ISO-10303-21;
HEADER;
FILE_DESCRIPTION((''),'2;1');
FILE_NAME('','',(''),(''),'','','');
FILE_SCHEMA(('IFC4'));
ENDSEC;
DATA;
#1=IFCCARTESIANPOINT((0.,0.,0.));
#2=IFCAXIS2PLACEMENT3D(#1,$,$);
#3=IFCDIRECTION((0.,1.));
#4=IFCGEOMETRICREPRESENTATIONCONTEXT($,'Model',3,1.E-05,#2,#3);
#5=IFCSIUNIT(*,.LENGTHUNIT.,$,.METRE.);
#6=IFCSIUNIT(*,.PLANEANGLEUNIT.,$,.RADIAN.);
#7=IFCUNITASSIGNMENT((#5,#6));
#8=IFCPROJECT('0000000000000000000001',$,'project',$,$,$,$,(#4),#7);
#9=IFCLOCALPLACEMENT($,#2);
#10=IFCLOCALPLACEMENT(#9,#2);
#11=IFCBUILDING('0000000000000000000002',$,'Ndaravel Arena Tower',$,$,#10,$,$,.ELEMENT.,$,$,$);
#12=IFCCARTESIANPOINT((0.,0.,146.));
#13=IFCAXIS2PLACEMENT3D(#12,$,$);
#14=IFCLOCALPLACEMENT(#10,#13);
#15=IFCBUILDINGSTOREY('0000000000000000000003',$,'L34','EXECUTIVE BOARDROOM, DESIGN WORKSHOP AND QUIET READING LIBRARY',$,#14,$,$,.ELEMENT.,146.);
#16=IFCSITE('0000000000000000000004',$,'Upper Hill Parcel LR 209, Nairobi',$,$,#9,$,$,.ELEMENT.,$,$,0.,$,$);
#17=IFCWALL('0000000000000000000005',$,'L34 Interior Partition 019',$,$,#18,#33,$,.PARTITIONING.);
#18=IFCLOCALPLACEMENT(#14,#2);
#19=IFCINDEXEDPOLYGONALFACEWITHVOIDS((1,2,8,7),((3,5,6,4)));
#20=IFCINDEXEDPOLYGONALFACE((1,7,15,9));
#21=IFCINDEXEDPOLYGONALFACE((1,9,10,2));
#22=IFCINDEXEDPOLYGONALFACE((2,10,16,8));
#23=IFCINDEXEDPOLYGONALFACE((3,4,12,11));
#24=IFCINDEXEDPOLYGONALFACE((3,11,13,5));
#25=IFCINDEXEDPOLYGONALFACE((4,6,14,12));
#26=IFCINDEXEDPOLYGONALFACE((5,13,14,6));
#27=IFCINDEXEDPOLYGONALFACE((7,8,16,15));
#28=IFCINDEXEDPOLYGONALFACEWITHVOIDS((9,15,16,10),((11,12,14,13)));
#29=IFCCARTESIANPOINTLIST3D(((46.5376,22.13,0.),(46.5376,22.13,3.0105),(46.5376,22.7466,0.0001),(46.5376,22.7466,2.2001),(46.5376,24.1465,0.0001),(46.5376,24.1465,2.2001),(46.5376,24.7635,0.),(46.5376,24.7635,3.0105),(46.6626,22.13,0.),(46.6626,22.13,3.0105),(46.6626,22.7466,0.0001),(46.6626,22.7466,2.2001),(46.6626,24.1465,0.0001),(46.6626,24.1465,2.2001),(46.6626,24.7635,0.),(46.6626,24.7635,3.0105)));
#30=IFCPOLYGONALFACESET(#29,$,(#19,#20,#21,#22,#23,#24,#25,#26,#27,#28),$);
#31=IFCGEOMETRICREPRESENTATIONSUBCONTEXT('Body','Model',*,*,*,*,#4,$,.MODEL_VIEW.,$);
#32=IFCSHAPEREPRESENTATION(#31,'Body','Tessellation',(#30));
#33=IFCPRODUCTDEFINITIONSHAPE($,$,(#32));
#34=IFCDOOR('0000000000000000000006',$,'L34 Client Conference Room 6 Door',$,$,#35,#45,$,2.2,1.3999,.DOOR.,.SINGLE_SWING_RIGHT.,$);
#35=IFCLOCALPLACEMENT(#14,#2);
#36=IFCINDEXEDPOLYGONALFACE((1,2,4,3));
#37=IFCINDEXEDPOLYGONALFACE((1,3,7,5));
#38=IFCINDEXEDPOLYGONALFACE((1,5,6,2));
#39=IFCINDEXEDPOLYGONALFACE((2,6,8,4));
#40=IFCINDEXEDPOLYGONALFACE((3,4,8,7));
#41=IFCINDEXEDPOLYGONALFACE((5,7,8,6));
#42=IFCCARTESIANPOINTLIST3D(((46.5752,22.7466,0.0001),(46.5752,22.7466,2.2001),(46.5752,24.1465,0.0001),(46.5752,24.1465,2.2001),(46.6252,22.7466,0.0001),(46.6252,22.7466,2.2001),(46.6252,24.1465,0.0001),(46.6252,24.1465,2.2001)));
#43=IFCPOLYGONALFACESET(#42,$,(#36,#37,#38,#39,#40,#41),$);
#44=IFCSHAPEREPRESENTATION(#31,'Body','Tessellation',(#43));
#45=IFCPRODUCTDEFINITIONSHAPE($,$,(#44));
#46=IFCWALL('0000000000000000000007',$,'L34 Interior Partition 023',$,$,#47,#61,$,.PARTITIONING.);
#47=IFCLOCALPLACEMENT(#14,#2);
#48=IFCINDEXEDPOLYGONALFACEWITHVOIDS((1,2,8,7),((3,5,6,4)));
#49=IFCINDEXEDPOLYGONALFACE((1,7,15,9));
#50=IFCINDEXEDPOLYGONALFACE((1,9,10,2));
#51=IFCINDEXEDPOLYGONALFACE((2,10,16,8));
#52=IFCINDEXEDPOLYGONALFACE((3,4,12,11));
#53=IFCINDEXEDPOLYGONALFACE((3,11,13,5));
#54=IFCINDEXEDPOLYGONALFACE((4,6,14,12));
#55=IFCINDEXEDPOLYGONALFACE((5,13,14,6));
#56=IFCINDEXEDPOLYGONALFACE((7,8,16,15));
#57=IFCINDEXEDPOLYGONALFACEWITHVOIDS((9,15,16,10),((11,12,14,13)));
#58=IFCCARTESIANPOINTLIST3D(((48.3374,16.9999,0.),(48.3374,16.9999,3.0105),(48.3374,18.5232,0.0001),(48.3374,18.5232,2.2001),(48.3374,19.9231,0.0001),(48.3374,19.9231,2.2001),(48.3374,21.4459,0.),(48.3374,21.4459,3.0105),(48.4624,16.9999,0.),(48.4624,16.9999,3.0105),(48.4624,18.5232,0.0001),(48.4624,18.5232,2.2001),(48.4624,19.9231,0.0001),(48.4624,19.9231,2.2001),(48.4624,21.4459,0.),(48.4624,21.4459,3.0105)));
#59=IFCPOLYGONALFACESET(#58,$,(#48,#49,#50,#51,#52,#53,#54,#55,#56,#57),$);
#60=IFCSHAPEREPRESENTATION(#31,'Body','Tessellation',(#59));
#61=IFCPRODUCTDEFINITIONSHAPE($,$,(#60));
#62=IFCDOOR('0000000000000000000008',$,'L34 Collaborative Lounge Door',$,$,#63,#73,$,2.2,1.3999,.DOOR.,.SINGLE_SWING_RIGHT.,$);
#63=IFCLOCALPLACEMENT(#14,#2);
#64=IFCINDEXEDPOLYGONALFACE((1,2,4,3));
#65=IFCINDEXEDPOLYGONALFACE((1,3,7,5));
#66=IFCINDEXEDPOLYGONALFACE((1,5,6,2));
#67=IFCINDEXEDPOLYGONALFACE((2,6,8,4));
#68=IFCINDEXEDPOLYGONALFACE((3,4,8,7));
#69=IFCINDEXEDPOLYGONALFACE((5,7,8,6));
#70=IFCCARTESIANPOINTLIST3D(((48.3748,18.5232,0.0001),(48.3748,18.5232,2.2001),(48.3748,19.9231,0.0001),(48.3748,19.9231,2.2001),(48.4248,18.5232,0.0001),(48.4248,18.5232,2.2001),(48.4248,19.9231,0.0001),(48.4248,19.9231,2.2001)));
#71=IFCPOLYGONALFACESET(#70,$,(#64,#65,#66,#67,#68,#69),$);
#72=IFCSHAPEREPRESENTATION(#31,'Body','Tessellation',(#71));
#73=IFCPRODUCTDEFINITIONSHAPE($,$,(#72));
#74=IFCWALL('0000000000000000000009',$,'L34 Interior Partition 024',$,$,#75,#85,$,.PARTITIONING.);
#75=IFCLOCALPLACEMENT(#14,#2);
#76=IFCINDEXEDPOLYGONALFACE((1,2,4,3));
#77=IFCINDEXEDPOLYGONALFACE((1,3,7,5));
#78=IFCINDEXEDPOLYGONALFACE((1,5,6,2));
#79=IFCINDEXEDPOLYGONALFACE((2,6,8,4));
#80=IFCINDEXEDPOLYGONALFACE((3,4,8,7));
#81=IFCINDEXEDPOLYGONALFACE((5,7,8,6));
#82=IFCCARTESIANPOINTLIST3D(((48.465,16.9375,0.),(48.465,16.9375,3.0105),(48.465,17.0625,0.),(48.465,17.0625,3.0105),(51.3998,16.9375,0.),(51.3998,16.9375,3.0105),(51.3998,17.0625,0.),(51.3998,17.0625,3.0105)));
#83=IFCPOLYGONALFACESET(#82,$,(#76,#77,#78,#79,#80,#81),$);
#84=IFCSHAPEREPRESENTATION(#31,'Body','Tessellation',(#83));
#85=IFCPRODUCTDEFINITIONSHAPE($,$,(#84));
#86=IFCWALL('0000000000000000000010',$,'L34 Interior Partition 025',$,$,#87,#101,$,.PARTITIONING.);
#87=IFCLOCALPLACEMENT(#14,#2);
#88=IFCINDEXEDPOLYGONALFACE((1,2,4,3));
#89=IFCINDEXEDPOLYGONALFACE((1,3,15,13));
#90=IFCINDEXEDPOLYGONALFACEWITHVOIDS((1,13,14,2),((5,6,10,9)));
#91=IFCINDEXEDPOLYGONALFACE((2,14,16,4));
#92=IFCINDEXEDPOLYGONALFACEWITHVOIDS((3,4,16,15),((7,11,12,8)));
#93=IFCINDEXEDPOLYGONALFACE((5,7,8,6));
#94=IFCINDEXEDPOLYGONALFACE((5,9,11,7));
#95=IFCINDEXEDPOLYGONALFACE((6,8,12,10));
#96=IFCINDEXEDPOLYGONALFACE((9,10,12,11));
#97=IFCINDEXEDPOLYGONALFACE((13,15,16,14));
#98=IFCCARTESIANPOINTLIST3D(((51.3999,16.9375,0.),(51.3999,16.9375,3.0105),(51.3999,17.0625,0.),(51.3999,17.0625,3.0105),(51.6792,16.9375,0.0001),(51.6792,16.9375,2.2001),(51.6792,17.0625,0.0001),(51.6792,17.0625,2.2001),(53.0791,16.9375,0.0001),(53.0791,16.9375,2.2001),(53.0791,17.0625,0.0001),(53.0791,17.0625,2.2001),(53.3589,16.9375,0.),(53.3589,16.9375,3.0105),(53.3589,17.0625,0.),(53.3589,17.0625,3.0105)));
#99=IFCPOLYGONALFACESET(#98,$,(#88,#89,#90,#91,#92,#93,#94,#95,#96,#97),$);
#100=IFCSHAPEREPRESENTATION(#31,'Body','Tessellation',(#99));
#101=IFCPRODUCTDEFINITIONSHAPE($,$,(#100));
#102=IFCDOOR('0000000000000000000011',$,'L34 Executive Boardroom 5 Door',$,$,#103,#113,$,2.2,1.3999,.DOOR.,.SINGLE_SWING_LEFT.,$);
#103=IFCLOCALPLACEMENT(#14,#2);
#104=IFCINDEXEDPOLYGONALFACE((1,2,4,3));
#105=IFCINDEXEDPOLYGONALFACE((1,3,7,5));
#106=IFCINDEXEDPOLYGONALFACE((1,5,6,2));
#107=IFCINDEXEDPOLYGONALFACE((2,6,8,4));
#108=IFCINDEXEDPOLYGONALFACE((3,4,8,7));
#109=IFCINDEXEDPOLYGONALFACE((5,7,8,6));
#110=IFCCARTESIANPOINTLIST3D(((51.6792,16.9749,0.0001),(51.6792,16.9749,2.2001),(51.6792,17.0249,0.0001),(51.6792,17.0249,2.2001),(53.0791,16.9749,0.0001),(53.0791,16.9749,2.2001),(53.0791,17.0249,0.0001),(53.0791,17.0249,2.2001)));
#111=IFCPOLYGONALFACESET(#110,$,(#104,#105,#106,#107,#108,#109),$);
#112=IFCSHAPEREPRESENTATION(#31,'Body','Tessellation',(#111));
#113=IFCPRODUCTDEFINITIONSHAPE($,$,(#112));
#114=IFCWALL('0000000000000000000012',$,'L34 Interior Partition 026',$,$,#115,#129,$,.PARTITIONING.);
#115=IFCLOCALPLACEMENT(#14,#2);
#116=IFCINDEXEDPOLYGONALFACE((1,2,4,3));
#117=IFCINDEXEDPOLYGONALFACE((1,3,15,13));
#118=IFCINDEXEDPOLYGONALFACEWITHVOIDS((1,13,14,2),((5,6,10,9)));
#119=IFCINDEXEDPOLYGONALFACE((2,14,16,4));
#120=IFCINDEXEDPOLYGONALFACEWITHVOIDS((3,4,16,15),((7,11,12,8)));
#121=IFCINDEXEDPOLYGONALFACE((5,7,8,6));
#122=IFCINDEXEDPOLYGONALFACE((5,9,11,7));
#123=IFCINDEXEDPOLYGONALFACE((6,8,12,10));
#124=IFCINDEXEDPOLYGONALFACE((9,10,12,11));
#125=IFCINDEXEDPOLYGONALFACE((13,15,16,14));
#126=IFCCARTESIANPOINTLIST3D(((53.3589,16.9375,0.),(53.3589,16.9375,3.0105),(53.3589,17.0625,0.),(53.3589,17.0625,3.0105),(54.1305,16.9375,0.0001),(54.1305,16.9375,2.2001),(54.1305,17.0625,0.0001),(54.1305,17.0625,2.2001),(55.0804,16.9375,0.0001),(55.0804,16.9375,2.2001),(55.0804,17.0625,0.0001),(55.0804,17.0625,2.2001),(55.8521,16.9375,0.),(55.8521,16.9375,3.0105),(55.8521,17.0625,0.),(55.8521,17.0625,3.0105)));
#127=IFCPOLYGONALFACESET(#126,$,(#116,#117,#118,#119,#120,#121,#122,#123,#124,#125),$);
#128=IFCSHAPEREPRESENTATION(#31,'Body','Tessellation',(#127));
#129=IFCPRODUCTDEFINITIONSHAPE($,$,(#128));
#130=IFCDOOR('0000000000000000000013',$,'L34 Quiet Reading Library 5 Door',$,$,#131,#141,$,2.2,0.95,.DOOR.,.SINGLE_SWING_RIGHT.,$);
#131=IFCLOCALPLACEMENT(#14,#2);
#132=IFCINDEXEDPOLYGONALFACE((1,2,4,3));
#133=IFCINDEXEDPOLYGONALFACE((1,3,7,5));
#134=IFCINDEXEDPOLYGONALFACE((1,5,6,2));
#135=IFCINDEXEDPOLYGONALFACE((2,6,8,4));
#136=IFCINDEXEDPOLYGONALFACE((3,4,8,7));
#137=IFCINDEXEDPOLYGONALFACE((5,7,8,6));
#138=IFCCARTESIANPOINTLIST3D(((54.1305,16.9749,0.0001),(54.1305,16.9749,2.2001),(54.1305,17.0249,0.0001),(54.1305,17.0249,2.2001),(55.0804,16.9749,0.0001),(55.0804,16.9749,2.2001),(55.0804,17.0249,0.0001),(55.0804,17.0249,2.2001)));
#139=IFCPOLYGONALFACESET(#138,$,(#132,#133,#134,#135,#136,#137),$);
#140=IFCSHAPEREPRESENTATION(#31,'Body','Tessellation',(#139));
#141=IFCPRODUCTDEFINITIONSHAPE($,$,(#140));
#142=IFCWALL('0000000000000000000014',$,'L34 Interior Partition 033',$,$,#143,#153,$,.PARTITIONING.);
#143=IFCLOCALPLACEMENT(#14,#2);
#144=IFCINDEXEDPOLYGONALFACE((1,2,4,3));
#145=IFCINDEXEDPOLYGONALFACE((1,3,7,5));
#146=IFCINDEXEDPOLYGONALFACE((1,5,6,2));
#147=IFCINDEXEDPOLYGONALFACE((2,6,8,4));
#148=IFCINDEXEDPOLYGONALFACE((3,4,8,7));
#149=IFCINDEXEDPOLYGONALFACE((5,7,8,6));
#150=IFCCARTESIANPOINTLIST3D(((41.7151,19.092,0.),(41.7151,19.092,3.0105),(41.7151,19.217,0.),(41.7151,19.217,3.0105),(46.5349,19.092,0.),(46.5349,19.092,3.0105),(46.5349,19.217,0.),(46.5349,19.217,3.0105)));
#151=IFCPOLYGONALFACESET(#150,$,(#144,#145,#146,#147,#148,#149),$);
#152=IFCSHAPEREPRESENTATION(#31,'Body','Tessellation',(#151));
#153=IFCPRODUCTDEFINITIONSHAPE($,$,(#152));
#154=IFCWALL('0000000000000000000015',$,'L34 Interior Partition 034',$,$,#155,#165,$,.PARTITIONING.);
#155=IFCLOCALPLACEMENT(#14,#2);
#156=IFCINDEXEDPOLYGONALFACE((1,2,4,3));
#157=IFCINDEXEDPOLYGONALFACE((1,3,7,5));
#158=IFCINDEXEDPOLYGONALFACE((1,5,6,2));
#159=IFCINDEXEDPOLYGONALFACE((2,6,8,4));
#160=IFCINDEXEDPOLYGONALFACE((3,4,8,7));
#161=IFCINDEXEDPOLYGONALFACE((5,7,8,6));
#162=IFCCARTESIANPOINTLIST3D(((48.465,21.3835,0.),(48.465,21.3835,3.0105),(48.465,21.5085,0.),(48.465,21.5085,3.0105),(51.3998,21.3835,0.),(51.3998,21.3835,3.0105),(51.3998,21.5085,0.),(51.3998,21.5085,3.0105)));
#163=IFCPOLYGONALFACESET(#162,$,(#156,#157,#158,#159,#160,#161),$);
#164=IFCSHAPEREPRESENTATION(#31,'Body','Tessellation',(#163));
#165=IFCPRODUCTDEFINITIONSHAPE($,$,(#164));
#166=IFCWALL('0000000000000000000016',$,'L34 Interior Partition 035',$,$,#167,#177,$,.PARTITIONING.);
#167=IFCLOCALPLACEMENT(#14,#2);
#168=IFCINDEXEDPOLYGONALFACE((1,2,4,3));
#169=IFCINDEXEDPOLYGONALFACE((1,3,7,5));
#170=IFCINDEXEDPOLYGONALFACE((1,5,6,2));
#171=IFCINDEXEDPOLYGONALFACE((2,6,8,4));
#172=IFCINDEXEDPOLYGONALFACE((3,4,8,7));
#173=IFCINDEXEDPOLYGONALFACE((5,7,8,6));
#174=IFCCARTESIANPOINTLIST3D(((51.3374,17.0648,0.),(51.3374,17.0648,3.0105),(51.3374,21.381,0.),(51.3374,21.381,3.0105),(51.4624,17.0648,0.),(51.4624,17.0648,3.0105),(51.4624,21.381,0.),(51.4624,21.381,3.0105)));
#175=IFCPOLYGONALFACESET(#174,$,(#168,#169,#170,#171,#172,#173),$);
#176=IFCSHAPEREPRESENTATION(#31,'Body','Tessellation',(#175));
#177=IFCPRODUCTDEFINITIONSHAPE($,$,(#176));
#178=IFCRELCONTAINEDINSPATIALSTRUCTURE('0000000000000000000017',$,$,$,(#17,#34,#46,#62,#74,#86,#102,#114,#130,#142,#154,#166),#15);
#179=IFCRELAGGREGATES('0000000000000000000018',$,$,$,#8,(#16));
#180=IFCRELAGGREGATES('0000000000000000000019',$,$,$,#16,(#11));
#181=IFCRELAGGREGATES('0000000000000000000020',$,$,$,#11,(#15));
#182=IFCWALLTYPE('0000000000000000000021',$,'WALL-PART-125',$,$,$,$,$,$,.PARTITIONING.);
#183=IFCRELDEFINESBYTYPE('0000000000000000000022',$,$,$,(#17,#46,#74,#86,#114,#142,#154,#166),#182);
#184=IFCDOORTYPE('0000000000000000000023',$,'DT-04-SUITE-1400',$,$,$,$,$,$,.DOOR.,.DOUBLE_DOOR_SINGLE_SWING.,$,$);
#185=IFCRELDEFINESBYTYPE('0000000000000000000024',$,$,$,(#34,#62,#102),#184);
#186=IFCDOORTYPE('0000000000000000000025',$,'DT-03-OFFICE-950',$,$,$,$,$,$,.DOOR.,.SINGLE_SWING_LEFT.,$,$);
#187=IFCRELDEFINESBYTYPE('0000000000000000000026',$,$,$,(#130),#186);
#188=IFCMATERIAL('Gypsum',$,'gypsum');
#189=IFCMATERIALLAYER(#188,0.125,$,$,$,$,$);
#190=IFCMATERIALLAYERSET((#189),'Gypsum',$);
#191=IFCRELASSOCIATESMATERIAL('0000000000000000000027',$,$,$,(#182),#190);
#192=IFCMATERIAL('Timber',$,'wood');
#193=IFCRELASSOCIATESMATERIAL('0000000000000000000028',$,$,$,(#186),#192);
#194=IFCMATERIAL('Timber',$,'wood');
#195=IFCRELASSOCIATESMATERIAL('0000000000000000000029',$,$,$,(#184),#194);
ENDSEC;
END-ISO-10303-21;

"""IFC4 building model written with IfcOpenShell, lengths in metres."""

from ifc_helpers import new_model, si_unit, direction, frame, frame_2d, origin, place, context, subcontext, project, spatial, rectangle, extrude, material, layer, layer_set, type_object, element, fill, save


model = new_model("IFC4")

# Units and contexts
model_context = context("Model", 3, precision=1e-05, world=origin(), true_north=direction((0.0, 1.0)))
body_context = subcontext(model_context, "Body", "Model", "MODEL_VIEW")
ifc_project = project(units=[si_unit("LENGTHUNIT", "METRE"), si_unit("PLANEANGLEUNIT", "RADIAN")], contexts=[model_context])

# Site, building, storey
site_placement = place(None, origin())
site = spatial("IfcSite", under=ifc_project, at=site_placement, Name="Upper Hill Parcel LR 209, Nairobi", CompositionType="ELEMENT", RefElevation=0.0)
building_placement = place(site_placement, origin())
building = spatial("IfcBuilding", under=site, at=building_placement, Name="Ndaravel Arena Tower", CompositionType="ELEMENT")
storey_placement = place(building_placement, frame((0.0, 0.0, 146.0)))
storey = spatial("IfcBuildingStorey", under=building, at=storey_placement, Name="L34", Description="EXECUTIVE BOARDROOM, DESIGN WORKSHOP AND QUIET READING LIBRARY", CompositionType="ELEMENT", Elevation=146.0)

# Shared definitions
ifc_material_1 = material(Name="Gypsum", Category="gypsum")
ifc_layer_1 = layer(ifc_material_1, 0.125)
ifc_layer_set_1 = layer_set([ifc_layer_1], Name="Gypsum")
wall_type_1 = type_object("IfcWallType", Name="WALL-PART-125", PredefinedType="PARTITIONING", material=ifc_layer_set_1)

# Walls, openings, doors
ifc_material_2 = material(Name="Timber", Category="wood")
door_type_1 = type_object("IfcDoorType", Name="DT-03-OFFICE-950", OperationType="SINGLE_SWING_LEFT", PredefinedType="DOOR", material=ifc_material_2)
wall_1_placement = place(storey_placement, frame((46.6001, 22.1299, 0.0), z_axis=(0.0, 0.0, 1.0), x_axis=(0.0, 1.0, 0.0)))
wall_1 = element("IfcWall", 1, at=wall_1_placement, inside=storey, type_object=wall_type_1, Name="L34 Interior Partition 019", PredefinedType="PARTITIONING", context=body_context, shape_type="SweptSolid", body=[
    extrude(rectangle(XDim=2.6335, YDim=0.125, at=frame_2d((1.3169, 0.0))), origin(), (0.0, 0.0, 1.0), 3.0105),
])
opening_1_placement = place(wall_1_placement, frame((0.6167, 0.0, 0.0)))
opening_1 = element("IfcOpeningElement", 2, at=opening_1_placement, cuts=wall_1, PredefinedType="OPENING", context=body_context, shape_type="SweptSolid", body=[
    extrude(rectangle(XDim=1.3999, YDim=2.2, at=frame_2d((0.7, 1.1001))), frame((0.0, 0.0625, 0.0), z_axis=(0.0, -1.0, 0.0), x_axis=(1.0, 0.0, 0.0)), (0.0, 0.0, 1.0), 0.125),
])
ifc_material_3 = material(Name="Timber", Category="wood")
door_type_2 = type_object("IfcDoorType", Name="DT-04-SUITE-1400", OperationType="DOUBLE_DOOR_SINGLE_SWING", PredefinedType="DOOR", material=ifc_material_3)
door_1_placement = place(opening_1_placement, origin())
door_1 = element("IfcDoor", 3, at=door_1_placement, inside=storey, type_object=door_type_2, Name="L34 Client Conference Room 6 Door", OperationType="SINGLE_SWING_RIGHT", OverallHeight=2.2, OverallWidth=1.3999, PredefinedType="DOOR", context=body_context, shape_type="SweptSolid", body=[
    extrude(rectangle(XDim=1.3999, YDim=2.2, at=frame_2d((0.7, 1.1001))), frame((0.0, 0.0249, 0.0), z_axis=(0.0, -1.0, 0.0), x_axis=(1.0, 0.0, 0.0)), (0.0, 0.0, 1.0), 0.05),
])
fill(opening_1, door_1)
wall_2_placement = place(storey_placement, frame((48.3999, 21.446, 0.0), z_axis=(0.0, 0.0, 1.0), x_axis=(0.0, -1.0, 0.0)))
wall_2 = element("IfcWall", 4, at=wall_2_placement, inside=storey, type_object=wall_type_1, Name="L34 Interior Partition 023", PredefinedType="PARTITIONING", context=body_context, shape_type="SweptSolid", body=[
    extrude(rectangle(XDim=4.446, YDim=0.125, at=frame_2d((2.2231, 0.0))), origin(), (0.0, 0.0, 1.0), 3.0105),
])
opening_2_placement = place(wall_2_placement, frame((1.5229, 0.0, 0.0)))
opening_2 = element("IfcOpeningElement", 5, at=opening_2_placement, cuts=wall_2, PredefinedType="OPENING", context=body_context, shape_type="SweptSolid", body=[
    extrude(rectangle(XDim=1.3999, YDim=2.2, at=frame_2d((0.7, 1.1001))), frame((0.0, 0.0625, 0.0), z_axis=(0.0, -1.0, 0.0), x_axis=(1.0, 0.0, 0.0)), (0.0, 0.0, 1.0), 0.125),
])
door_2_placement = place(opening_2_placement, origin())
door_2 = element("IfcDoor", 6, at=door_2_placement, inside=storey, type_object=door_type_2, Name="L34 Collaborative Lounge Door", OperationType="SINGLE_SWING_RIGHT", OverallHeight=2.2, OverallWidth=1.3999, PredefinedType="DOOR", context=body_context, shape_type="SweptSolid", body=[
    extrude(rectangle(XDim=1.3999, YDim=2.2, at=frame_2d((0.7, 1.1001))), frame((0.0, 0.0249, 0.0), z_axis=(0.0, -1.0, 0.0), x_axis=(1.0, 0.0, 0.0)), (0.0, 0.0, 1.0), 0.05),
])
fill(opening_2, door_2)

# Wall
wall_3_placement = place(storey_placement, frame((48.4651, 17.0, 0.0), z_axis=(0.0, 0.0, 1.0), x_axis=(1.0, 0.0, 0.0)))
element("IfcWall", 7, at=wall_3_placement, inside=storey, type_object=wall_type_1, Name="L34 Interior Partition 024", PredefinedType="PARTITIONING", context=body_context, shape_type="SweptSolid", body=[
    extrude(rectangle(XDim=2.9348, YDim=0.125, at=frame_2d((1.4673, 0.0))), origin(), (0.0, 0.0, 1.0), 3.0105),
])

# Walls, openings, doors
wall_4_placement = place(storey_placement, frame((51.3999, 17.0, 0.0), z_axis=(0.0, 0.0, 1.0), x_axis=(1.0, 0.0, 0.0)))
wall_4 = element("IfcWall", 8, at=wall_4_placement, inside=storey, type_object=wall_type_1, Name="L34 Interior Partition 025", PredefinedType="PARTITIONING", context=body_context, shape_type="SweptSolid", body=[
    extrude(rectangle(XDim=1.959, YDim=0.125, at=frame_2d((0.9795, 0.0))), origin(), (0.0, 0.0, 1.0), 3.0105),
])
opening_3_placement = place(wall_4_placement, frame((0.2793, 0.0, 0.0)))
opening_3 = element("IfcOpeningElement", 9, at=opening_3_placement, cuts=wall_4, PredefinedType="OPENING", context=body_context, shape_type="SweptSolid", body=[
    extrude(rectangle(XDim=1.3999, YDim=2.2, at=frame_2d((0.7, 1.1001))), frame((0.0, 0.0625, 0.0), z_axis=(0.0, -1.0, 0.0), x_axis=(1.0, 0.0, 0.0)), (0.0, 0.0, 1.0), 0.125),
])
door_3_placement = place(opening_3_placement, origin())
door_3 = element("IfcDoor", 10, at=door_3_placement, inside=storey, type_object=door_type_2, Name="L34 Executive Boardroom 5 Door", OperationType="SINGLE_SWING_LEFT", OverallHeight=2.2, OverallWidth=1.3999, PredefinedType="DOOR", context=body_context, shape_type="SweptSolid", body=[
    extrude(rectangle(XDim=1.3999, YDim=2.2, at=frame_2d((0.7, 1.1001))), frame((0.0, 0.0249, 0.0), z_axis=(0.0, -1.0, 0.0), x_axis=(1.0, 0.0, 0.0)), (0.0, 0.0, 1.0), 0.05),
])
fill(opening_3, door_3)
wall_5_placement = place(storey_placement, frame((53.3589, 17.0, 0.0), z_axis=(0.0, 0.0, 1.0), x_axis=(1.0, 0.0, 0.0)))
wall_5 = element("IfcWall", 11, at=wall_5_placement, inside=storey, type_object=wall_type_1, Name="L34 Interior Partition 026", PredefinedType="PARTITIONING", context=body_context, shape_type="SweptSolid", body=[
    extrude(rectangle(XDim=2.4932, YDim=0.125, at=frame_2d((1.2466, 0.0))), origin(), (0.0, 0.0, 1.0), 3.0105),
])
opening_4_placement = place(wall_5_placement, frame((0.7715, 0.0, 0.0)))
opening_4 = element("IfcOpeningElement", 12, at=opening_4_placement, cuts=wall_5, PredefinedType="OPENING", context=body_context, shape_type="SweptSolid", body=[
    extrude(rectangle(XDim=0.95, YDim=2.2, at=frame_2d((0.4751, 1.1001))), frame((0.0, 0.0625, 0.0), z_axis=(0.0, -1.0, 0.0), x_axis=(1.0, 0.0, 0.0)), (0.0, 0.0, 1.0), 0.125),
])
door_4_placement = place(opening_4_placement, origin())
door_4 = element("IfcDoor", 13, at=door_4_placement, inside=storey, type_object=door_type_1, Name="L34 Quiet Reading Library 5 Door", OperationType="SINGLE_SWING_RIGHT", OverallHeight=2.2, OverallWidth=0.95, PredefinedType="DOOR", context=body_context, shape_type="SweptSolid", body=[
    extrude(rectangle(XDim=0.95, YDim=2.2, at=frame_2d((0.4751, 1.1001))), frame((0.0, 0.0249, 0.0), z_axis=(0.0, -1.0, 0.0), x_axis=(1.0, 0.0, 0.0)), (0.0, 0.0, 1.0), 0.05),
])
fill(opening_4, door_4)

# Walls
wall_6_placement = place(storey_placement, frame((41.7151, 19.1545, 0.0), z_axis=(0.0, 0.0, 1.0), x_axis=(1.0, 0.0, 0.0)))
element("IfcWall", 14, at=wall_6_placement, inside=storey, type_object=wall_type_1, Name="L34 Interior Partition 033", PredefinedType="PARTITIONING", context=body_context, shape_type="SweptSolid", body=[
    extrude(rectangle(XDim=4.8198, YDim=0.125, at=frame_2d((2.4099, 0.0))), origin(), (0.0, 0.0, 1.0), 3.0105),
])
wall_7_placement = place(storey_placement, frame((48.4651, 21.446, 0.0), z_axis=(0.0, 0.0, 1.0), x_axis=(1.0, 0.0, 0.0)))
element("IfcWall", 15, at=wall_7_placement, inside=storey, type_object=wall_type_1, Name="L34 Interior Partition 034", PredefinedType="PARTITIONING", context=body_context, shape_type="SweptSolid", body=[
    extrude(rectangle(XDim=2.9348, YDim=0.125, at=frame_2d((1.4673, 0.0))), origin(), (0.0, 0.0, 1.0), 3.0105),
])
wall_8_placement = place(storey_placement, frame((51.3999, 21.3811, 0.0), z_axis=(0.0, 0.0, 1.0), x_axis=(0.0, -1.0, 0.0)))
element("IfcWall", 16, at=wall_8_placement, inside=storey, type_object=wall_type_1, Name="L34 Interior Partition 035", PredefinedType="PARTITIONING", context=body_context, shape_type="SweptSolid", body=[
    extrude(rectangle(XDim=4.3162, YDim=0.125, at=frame_2d((2.1582, 0.0))), origin(), (0.0, 0.0, 1.0), 3.0105),
])

save(model, "model.ifc")
